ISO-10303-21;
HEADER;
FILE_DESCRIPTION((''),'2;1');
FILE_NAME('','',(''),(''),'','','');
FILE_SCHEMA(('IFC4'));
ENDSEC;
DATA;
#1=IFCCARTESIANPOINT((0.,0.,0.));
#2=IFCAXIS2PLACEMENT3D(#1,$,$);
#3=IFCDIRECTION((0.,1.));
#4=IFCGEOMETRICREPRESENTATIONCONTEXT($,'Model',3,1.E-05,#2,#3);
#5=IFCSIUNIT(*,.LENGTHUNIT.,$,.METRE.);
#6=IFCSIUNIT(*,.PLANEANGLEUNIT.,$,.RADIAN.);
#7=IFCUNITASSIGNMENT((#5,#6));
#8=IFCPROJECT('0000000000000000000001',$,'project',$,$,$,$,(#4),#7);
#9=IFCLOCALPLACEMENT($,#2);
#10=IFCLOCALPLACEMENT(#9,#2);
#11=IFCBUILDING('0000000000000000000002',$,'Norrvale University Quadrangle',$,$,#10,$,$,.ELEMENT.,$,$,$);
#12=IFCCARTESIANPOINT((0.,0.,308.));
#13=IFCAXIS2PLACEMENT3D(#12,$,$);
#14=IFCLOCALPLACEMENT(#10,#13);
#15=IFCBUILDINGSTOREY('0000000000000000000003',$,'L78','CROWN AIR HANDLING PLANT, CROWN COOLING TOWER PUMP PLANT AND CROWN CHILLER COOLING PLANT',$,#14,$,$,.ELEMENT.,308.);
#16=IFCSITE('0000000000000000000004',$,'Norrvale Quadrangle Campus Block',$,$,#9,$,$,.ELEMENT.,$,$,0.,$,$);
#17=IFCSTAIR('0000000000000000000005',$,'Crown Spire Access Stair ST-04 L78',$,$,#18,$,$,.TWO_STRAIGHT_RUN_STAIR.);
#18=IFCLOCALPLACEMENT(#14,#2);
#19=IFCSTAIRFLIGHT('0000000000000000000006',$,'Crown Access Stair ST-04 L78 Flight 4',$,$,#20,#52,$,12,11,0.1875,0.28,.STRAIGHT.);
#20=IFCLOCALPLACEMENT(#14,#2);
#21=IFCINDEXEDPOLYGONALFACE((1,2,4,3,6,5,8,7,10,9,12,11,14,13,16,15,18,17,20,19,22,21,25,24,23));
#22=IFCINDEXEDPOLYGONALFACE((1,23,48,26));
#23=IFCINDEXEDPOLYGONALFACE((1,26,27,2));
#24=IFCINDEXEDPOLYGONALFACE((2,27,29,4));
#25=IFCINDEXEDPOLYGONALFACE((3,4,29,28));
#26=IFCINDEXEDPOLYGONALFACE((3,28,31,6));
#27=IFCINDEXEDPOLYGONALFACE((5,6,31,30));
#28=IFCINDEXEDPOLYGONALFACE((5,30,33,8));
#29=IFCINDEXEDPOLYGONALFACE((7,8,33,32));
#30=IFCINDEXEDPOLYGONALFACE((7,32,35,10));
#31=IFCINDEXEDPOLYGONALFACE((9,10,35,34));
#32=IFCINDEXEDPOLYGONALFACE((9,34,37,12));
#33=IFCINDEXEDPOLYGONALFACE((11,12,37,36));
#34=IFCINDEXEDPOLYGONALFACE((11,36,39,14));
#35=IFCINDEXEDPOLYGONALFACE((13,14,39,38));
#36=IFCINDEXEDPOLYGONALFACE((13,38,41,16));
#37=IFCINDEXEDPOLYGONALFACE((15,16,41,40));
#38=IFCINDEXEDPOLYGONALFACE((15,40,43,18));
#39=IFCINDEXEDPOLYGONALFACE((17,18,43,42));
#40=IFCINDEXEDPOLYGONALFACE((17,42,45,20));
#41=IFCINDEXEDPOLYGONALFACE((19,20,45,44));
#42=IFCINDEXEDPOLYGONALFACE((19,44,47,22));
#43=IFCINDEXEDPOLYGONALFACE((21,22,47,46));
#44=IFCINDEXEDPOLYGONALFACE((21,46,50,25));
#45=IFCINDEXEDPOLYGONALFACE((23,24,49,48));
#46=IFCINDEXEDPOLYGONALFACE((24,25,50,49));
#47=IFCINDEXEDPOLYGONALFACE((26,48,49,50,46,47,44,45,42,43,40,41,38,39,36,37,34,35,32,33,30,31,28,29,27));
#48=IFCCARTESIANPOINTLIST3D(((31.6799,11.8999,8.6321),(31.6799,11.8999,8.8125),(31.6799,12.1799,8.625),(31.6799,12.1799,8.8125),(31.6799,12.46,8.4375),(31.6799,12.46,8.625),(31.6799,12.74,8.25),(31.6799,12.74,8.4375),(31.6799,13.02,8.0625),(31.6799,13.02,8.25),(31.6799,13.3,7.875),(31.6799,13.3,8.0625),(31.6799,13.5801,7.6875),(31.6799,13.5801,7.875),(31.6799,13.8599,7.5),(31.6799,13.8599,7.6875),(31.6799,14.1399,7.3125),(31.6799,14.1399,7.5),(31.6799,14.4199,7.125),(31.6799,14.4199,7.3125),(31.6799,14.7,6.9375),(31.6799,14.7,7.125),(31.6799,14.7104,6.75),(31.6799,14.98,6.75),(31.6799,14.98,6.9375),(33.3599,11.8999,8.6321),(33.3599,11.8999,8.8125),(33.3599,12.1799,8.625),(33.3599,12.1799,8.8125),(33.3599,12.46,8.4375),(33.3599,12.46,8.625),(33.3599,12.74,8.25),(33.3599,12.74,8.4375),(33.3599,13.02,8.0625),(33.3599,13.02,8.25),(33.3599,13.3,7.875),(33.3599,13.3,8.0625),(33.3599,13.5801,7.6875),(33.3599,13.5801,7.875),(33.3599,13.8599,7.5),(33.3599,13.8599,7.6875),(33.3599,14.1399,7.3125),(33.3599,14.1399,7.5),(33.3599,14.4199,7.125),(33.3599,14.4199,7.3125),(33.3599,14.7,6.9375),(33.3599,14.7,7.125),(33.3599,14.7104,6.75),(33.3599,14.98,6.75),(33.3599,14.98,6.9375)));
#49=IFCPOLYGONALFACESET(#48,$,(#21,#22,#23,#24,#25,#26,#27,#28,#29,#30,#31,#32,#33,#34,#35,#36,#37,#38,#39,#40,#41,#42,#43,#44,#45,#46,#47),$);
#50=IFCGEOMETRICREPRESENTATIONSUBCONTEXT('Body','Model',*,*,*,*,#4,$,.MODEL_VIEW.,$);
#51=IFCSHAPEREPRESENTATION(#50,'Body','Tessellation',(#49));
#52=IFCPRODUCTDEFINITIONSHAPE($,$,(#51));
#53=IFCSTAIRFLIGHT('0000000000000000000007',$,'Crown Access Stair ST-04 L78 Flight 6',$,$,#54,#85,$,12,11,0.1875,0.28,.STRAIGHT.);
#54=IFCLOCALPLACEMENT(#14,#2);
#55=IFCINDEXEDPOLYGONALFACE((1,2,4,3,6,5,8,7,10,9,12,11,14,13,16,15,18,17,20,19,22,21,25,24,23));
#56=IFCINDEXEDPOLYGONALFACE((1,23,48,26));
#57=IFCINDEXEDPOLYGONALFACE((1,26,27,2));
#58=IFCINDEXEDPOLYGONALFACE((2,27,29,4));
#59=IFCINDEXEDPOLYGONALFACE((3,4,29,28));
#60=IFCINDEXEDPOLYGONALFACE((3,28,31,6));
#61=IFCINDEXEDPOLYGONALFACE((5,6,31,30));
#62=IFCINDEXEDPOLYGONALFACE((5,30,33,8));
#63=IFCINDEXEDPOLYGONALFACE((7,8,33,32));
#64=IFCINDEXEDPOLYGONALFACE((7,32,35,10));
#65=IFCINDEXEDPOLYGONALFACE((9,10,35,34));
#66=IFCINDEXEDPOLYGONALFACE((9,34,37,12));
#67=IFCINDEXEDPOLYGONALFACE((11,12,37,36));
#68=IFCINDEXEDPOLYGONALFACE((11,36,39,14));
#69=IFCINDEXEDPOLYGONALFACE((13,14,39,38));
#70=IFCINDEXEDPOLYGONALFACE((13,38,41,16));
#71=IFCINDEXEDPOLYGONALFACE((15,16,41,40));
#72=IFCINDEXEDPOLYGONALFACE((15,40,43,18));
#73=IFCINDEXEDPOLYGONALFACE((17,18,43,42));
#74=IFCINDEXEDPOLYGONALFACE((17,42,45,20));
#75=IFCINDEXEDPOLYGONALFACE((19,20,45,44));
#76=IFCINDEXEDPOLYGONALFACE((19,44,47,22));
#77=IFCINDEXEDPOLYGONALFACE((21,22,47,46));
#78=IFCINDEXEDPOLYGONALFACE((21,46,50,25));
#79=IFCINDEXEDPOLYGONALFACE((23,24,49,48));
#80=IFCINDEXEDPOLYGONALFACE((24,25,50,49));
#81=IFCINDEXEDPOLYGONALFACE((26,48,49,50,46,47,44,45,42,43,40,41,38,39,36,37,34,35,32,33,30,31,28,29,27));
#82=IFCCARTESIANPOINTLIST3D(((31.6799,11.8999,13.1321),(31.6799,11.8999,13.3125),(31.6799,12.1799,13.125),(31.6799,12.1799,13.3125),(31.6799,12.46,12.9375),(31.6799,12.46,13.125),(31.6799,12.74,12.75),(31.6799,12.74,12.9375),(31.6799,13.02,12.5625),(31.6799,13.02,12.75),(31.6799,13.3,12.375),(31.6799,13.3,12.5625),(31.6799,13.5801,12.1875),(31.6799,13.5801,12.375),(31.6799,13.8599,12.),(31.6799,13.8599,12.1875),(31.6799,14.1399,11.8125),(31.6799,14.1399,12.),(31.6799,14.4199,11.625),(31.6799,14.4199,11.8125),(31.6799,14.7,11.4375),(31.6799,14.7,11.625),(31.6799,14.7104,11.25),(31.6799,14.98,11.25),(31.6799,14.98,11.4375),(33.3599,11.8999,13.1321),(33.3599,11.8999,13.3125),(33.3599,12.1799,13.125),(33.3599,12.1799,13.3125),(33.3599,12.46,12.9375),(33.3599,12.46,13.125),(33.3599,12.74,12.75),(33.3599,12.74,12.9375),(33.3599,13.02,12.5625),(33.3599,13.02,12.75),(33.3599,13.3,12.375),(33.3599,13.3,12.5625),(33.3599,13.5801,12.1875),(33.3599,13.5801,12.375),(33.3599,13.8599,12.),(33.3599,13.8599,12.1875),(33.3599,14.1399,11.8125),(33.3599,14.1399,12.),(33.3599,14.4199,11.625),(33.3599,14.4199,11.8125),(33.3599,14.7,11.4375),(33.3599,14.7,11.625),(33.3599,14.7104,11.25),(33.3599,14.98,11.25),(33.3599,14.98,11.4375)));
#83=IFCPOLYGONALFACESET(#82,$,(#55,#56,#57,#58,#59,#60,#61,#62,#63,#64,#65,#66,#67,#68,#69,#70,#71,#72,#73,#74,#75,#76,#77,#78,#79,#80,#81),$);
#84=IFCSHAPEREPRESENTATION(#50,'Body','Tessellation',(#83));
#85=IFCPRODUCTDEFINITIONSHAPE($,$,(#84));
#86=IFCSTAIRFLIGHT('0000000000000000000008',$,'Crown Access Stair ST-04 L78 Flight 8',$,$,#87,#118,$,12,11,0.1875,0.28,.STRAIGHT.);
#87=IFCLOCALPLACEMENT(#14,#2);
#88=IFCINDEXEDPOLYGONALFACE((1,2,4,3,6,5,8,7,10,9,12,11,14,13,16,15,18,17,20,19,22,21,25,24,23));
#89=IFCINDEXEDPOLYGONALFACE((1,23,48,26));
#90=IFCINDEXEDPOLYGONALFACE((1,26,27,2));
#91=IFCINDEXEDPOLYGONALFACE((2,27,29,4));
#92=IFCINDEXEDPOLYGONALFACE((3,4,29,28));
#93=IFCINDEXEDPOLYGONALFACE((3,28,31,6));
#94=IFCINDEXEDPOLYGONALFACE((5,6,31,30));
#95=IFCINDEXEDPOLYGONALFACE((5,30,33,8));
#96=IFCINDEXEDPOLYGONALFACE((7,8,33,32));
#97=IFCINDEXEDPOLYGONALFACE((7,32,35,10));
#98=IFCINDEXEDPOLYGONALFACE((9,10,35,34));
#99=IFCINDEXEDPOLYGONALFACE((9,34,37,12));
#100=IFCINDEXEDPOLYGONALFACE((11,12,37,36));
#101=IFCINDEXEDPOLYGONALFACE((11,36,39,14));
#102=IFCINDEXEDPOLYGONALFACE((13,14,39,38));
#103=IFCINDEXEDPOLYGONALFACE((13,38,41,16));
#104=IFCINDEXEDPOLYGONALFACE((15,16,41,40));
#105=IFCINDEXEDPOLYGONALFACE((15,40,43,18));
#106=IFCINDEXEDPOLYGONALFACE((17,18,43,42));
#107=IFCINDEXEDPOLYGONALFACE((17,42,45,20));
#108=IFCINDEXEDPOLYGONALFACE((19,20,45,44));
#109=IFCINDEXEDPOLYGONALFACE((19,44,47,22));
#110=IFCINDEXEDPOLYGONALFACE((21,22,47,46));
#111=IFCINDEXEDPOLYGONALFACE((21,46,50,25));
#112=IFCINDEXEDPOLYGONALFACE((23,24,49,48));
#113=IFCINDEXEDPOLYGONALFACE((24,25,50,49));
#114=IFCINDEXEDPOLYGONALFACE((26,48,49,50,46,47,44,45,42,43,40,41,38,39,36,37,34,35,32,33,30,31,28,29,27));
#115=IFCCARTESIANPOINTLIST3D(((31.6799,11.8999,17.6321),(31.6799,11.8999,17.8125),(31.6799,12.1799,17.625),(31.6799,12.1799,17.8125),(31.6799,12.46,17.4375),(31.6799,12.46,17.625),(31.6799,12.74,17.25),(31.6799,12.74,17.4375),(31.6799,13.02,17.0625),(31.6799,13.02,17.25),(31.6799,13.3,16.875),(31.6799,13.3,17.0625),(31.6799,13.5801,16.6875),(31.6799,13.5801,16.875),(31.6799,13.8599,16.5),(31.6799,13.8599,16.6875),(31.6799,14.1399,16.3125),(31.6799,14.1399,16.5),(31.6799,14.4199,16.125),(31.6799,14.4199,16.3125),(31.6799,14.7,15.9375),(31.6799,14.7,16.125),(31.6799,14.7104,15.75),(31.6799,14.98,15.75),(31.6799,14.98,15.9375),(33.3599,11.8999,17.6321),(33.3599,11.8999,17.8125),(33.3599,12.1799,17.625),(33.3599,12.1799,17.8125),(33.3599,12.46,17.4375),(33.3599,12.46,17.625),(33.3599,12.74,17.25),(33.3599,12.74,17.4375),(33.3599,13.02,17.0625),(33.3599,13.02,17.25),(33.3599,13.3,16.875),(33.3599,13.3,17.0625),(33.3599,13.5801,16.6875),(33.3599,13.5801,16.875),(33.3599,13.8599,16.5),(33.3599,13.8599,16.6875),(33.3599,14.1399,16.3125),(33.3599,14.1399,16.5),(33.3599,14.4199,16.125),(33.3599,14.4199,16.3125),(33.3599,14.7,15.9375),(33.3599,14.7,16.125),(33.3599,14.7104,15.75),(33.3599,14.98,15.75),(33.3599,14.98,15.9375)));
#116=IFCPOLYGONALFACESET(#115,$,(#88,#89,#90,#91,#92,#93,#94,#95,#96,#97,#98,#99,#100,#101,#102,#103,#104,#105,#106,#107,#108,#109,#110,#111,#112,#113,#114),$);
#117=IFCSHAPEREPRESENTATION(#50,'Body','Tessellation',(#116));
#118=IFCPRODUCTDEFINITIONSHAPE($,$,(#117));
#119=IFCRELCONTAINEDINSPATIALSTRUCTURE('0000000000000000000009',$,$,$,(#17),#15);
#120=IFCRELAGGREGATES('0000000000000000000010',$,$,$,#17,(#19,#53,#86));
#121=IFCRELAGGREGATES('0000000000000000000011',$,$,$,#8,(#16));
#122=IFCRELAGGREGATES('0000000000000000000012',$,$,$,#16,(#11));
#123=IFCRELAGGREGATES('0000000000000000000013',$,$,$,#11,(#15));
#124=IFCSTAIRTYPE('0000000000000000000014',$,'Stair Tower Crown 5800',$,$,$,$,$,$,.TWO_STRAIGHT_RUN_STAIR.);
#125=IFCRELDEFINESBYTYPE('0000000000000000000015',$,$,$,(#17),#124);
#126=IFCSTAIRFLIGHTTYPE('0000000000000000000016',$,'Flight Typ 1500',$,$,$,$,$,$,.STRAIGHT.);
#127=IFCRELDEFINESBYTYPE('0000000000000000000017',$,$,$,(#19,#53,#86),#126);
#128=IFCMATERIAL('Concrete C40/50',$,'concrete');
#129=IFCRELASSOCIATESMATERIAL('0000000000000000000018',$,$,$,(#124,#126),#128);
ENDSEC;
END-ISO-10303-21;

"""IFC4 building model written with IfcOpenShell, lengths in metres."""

from ifc_helpers import new_model, si_unit, direction, frame, origin, place, context, subcontext, project, spatial, polyline, outline, extrude, material, type_object, element, aggregate, save


model = new_model("IFC4")

# Units and contexts
model_context = context("Model", 3, precision=1e-05, world=origin(), true_north=direction((0.0, 1.0)))
body_context = subcontext(model_context, "Body", "Model", "MODEL_VIEW")
ifc_project = project(units=[si_unit("LENGTHUNIT", "METRE"), si_unit("PLANEANGLEUNIT", "RADIAN")], contexts=[model_context])

# Site, building, storey
site_placement = place(None, origin())
site = spatial("IfcSite", under=ifc_project, at=site_placement, Name="Norrvale Quadrangle Campus Block", CompositionType="ELEMENT", RefElevation=0.0)
building_placement = place(site_placement, origin())
building = spatial("IfcBuilding", under=site, at=building_placement, Name="Norrvale University Quadrangle", CompositionType="ELEMENT")
storey_placement = place(building_placement, frame((0.0, 0.0, 308.0)))
storey = spatial("IfcBuildingStorey", under=building, at=storey_placement, Name="L78", Description="CROWN AIR HANDLING PLANT, CROWN COOLING TOWER PUMP PLANT AND CROWN CHILLER COOLING PLANT", CompositionType="ELEMENT", Elevation=308.0)

# Stair, stair flights
ifc_material_1 = material(Name="Concrete C40/50", Category="concrete")
stair_type = type_object("IfcStairType", Name="Stair Tower Crown 5800", PredefinedType="TWO_STRAIGHT_RUN_STAIR", material=ifc_material_1)
stair_placement = place(storey_placement, origin())
stair = element("IfcStair", 1, at=stair_placement, inside=storey, type_object=stair_type, Name="Crown Spire Access Stair ST-04 L78", PredefinedType="TWO_STRAIGHT_RUN_STAIR")
stair_flight_type = type_object("IfcStairFlightType", Name="Flight Typ 1500", PredefinedType="STRAIGHT", material=ifc_material_1)
stair_flight_1_placement = place(storey_placement, frame((32.52, 14.98, 6.75), z_axis=(0.0, 0.0, 1.0), x_axis=(0.0, -1.0, 0.0)))
stair_flight_1 = element("IfcStairFlight", 2, at=stair_flight_1_placement, type_object=stair_flight_type, Name="Crown Access Stair ST-04 L78 Flight 4", NumberOfRisers=12, NumberOfTreads=11, PredefinedType="STRAIGHT", RiserHeight=0.1875, TreadLength=0.28, context=body_context, shape_type="SweptSolid", body=[
    extrude(outline(polyline([(0.0, 0.0), (0.0, 0.1875), (0.28, 0.1875), (0.28, 0.375), (0.5601, 0.375), (0.5601, 0.5625), (0.8401, 0.5625), (0.8401, 0.75), (1.1201, 0.75), (1.1201, 0.9375), (1.3999, 0.9375), (1.3999, 1.125), (1.6799, 1.125), (1.6799, 1.3125), (1.96, 1.3125), (1.96, 1.5), (2.24, 1.5), (2.24, 1.6875), (2.52, 1.6875), (2.52, 1.875), (2.8, 1.875), (2.8, 2.0625), (3.0801, 2.0625), (3.0801, 2.25), (3.0801, 1.8821), (0.2695, 0.0), (0.0, 0.0)])), frame((0.0, 0.8398, 0.0), z_axis=(0.0, -1.0, 0.0), x_axis=(1.0, 0.0, 0.0)), (0.0, 0.0, 1.0), 1.6799),
])
stair_flight_2_placement = place(storey_placement, frame((32.52, 14.98, 11.25), z_axis=(0.0, 0.0, 1.0), x_axis=(0.0, -1.0, 0.0)))
stair_flight_2 = element("IfcStairFlight", 3, at=stair_flight_2_placement, type_object=stair_flight_type, Name="Crown Access Stair ST-04 L78 Flight 6", NumberOfRisers=12, NumberOfTreads=11, PredefinedType="STRAIGHT", RiserHeight=0.1875, TreadLength=0.28, context=body_context, shape_type="SweptSolid", body=[
    extrude(outline(polyline([(0.0, 0.0), (0.0, 0.1875), (0.28, 0.1875), (0.28, 0.375), (0.5601, 0.375), (0.5601, 0.5625), (0.8401, 0.5625), (0.8401, 0.75), (1.1201, 0.75), (1.1201, 0.9375), (1.3999, 0.9375), (1.3999, 1.125), (1.6799, 1.125), (1.6799, 1.3125), (1.96, 1.3125), (1.96, 1.5), (2.24, 1.5), (2.24, 1.6875), (2.52, 1.6875), (2.52, 1.875), (2.8, 1.875), (2.8, 2.0625), (3.0801, 2.0625), (3.0801, 2.25), (3.0801, 1.8821), (0.2695, 0.0), (0.0, 0.0)])), frame((0.0, 0.8398, 0.0), z_axis=(0.0, -1.0, 0.0), x_axis=(1.0, 0.0, 0.0)), (0.0, 0.0, 1.0), 1.6799),
])
stair_flight_3_placement = place(storey_placement, frame((32.52, 14.98, 15.75), z_axis=(0.0, 0.0, 1.0), x_axis=(0.0, -1.0, 0.0)))
stair_flight_3 = element("IfcStairFlight", 4, at=stair_flight_3_placement, type_object=stair_flight_type, Name="Crown Access Stair ST-04 L78 Flight 8", NumberOfRisers=12, NumberOfTreads=11, PredefinedType="STRAIGHT", RiserHeight=0.1875, TreadLength=0.28, context=body_context, shape_type="SweptSolid", body=[
    extrude(outline(polyline([(0.0, 0.0), (0.0, 0.1875), (0.28, 0.1875), (0.28, 0.375), (0.5601, 0.375), (0.5601, 0.5625), (0.8401, 0.5625), (0.8401, 0.75), (1.1201, 0.75), (1.1201, 0.9375), (1.3999, 0.9375), (1.3999, 1.125), (1.6799, 1.125), (1.6799, 1.3125), (1.96, 1.3125), (1.96, 1.5), (2.24, 1.5), (2.24, 1.6875), (2.52, 1.6875), (2.52, 1.875), (2.8, 1.875), (2.8, 2.0625), (3.0801, 2.0625), (3.0801, 2.25), (3.0801, 1.8821), (0.2695, 0.0), (0.0, 0.0)])), frame((0.0, 0.8398, 0.0), z_axis=(0.0, -1.0, 0.0), x_axis=(1.0, 0.0, 0.0)), (0.0, 0.0, 1.0), 1.6799),
])
aggregate(stair, [stair_flight_1, stair_flight_2, stair_flight_3])

save(model, "model.ifc")
